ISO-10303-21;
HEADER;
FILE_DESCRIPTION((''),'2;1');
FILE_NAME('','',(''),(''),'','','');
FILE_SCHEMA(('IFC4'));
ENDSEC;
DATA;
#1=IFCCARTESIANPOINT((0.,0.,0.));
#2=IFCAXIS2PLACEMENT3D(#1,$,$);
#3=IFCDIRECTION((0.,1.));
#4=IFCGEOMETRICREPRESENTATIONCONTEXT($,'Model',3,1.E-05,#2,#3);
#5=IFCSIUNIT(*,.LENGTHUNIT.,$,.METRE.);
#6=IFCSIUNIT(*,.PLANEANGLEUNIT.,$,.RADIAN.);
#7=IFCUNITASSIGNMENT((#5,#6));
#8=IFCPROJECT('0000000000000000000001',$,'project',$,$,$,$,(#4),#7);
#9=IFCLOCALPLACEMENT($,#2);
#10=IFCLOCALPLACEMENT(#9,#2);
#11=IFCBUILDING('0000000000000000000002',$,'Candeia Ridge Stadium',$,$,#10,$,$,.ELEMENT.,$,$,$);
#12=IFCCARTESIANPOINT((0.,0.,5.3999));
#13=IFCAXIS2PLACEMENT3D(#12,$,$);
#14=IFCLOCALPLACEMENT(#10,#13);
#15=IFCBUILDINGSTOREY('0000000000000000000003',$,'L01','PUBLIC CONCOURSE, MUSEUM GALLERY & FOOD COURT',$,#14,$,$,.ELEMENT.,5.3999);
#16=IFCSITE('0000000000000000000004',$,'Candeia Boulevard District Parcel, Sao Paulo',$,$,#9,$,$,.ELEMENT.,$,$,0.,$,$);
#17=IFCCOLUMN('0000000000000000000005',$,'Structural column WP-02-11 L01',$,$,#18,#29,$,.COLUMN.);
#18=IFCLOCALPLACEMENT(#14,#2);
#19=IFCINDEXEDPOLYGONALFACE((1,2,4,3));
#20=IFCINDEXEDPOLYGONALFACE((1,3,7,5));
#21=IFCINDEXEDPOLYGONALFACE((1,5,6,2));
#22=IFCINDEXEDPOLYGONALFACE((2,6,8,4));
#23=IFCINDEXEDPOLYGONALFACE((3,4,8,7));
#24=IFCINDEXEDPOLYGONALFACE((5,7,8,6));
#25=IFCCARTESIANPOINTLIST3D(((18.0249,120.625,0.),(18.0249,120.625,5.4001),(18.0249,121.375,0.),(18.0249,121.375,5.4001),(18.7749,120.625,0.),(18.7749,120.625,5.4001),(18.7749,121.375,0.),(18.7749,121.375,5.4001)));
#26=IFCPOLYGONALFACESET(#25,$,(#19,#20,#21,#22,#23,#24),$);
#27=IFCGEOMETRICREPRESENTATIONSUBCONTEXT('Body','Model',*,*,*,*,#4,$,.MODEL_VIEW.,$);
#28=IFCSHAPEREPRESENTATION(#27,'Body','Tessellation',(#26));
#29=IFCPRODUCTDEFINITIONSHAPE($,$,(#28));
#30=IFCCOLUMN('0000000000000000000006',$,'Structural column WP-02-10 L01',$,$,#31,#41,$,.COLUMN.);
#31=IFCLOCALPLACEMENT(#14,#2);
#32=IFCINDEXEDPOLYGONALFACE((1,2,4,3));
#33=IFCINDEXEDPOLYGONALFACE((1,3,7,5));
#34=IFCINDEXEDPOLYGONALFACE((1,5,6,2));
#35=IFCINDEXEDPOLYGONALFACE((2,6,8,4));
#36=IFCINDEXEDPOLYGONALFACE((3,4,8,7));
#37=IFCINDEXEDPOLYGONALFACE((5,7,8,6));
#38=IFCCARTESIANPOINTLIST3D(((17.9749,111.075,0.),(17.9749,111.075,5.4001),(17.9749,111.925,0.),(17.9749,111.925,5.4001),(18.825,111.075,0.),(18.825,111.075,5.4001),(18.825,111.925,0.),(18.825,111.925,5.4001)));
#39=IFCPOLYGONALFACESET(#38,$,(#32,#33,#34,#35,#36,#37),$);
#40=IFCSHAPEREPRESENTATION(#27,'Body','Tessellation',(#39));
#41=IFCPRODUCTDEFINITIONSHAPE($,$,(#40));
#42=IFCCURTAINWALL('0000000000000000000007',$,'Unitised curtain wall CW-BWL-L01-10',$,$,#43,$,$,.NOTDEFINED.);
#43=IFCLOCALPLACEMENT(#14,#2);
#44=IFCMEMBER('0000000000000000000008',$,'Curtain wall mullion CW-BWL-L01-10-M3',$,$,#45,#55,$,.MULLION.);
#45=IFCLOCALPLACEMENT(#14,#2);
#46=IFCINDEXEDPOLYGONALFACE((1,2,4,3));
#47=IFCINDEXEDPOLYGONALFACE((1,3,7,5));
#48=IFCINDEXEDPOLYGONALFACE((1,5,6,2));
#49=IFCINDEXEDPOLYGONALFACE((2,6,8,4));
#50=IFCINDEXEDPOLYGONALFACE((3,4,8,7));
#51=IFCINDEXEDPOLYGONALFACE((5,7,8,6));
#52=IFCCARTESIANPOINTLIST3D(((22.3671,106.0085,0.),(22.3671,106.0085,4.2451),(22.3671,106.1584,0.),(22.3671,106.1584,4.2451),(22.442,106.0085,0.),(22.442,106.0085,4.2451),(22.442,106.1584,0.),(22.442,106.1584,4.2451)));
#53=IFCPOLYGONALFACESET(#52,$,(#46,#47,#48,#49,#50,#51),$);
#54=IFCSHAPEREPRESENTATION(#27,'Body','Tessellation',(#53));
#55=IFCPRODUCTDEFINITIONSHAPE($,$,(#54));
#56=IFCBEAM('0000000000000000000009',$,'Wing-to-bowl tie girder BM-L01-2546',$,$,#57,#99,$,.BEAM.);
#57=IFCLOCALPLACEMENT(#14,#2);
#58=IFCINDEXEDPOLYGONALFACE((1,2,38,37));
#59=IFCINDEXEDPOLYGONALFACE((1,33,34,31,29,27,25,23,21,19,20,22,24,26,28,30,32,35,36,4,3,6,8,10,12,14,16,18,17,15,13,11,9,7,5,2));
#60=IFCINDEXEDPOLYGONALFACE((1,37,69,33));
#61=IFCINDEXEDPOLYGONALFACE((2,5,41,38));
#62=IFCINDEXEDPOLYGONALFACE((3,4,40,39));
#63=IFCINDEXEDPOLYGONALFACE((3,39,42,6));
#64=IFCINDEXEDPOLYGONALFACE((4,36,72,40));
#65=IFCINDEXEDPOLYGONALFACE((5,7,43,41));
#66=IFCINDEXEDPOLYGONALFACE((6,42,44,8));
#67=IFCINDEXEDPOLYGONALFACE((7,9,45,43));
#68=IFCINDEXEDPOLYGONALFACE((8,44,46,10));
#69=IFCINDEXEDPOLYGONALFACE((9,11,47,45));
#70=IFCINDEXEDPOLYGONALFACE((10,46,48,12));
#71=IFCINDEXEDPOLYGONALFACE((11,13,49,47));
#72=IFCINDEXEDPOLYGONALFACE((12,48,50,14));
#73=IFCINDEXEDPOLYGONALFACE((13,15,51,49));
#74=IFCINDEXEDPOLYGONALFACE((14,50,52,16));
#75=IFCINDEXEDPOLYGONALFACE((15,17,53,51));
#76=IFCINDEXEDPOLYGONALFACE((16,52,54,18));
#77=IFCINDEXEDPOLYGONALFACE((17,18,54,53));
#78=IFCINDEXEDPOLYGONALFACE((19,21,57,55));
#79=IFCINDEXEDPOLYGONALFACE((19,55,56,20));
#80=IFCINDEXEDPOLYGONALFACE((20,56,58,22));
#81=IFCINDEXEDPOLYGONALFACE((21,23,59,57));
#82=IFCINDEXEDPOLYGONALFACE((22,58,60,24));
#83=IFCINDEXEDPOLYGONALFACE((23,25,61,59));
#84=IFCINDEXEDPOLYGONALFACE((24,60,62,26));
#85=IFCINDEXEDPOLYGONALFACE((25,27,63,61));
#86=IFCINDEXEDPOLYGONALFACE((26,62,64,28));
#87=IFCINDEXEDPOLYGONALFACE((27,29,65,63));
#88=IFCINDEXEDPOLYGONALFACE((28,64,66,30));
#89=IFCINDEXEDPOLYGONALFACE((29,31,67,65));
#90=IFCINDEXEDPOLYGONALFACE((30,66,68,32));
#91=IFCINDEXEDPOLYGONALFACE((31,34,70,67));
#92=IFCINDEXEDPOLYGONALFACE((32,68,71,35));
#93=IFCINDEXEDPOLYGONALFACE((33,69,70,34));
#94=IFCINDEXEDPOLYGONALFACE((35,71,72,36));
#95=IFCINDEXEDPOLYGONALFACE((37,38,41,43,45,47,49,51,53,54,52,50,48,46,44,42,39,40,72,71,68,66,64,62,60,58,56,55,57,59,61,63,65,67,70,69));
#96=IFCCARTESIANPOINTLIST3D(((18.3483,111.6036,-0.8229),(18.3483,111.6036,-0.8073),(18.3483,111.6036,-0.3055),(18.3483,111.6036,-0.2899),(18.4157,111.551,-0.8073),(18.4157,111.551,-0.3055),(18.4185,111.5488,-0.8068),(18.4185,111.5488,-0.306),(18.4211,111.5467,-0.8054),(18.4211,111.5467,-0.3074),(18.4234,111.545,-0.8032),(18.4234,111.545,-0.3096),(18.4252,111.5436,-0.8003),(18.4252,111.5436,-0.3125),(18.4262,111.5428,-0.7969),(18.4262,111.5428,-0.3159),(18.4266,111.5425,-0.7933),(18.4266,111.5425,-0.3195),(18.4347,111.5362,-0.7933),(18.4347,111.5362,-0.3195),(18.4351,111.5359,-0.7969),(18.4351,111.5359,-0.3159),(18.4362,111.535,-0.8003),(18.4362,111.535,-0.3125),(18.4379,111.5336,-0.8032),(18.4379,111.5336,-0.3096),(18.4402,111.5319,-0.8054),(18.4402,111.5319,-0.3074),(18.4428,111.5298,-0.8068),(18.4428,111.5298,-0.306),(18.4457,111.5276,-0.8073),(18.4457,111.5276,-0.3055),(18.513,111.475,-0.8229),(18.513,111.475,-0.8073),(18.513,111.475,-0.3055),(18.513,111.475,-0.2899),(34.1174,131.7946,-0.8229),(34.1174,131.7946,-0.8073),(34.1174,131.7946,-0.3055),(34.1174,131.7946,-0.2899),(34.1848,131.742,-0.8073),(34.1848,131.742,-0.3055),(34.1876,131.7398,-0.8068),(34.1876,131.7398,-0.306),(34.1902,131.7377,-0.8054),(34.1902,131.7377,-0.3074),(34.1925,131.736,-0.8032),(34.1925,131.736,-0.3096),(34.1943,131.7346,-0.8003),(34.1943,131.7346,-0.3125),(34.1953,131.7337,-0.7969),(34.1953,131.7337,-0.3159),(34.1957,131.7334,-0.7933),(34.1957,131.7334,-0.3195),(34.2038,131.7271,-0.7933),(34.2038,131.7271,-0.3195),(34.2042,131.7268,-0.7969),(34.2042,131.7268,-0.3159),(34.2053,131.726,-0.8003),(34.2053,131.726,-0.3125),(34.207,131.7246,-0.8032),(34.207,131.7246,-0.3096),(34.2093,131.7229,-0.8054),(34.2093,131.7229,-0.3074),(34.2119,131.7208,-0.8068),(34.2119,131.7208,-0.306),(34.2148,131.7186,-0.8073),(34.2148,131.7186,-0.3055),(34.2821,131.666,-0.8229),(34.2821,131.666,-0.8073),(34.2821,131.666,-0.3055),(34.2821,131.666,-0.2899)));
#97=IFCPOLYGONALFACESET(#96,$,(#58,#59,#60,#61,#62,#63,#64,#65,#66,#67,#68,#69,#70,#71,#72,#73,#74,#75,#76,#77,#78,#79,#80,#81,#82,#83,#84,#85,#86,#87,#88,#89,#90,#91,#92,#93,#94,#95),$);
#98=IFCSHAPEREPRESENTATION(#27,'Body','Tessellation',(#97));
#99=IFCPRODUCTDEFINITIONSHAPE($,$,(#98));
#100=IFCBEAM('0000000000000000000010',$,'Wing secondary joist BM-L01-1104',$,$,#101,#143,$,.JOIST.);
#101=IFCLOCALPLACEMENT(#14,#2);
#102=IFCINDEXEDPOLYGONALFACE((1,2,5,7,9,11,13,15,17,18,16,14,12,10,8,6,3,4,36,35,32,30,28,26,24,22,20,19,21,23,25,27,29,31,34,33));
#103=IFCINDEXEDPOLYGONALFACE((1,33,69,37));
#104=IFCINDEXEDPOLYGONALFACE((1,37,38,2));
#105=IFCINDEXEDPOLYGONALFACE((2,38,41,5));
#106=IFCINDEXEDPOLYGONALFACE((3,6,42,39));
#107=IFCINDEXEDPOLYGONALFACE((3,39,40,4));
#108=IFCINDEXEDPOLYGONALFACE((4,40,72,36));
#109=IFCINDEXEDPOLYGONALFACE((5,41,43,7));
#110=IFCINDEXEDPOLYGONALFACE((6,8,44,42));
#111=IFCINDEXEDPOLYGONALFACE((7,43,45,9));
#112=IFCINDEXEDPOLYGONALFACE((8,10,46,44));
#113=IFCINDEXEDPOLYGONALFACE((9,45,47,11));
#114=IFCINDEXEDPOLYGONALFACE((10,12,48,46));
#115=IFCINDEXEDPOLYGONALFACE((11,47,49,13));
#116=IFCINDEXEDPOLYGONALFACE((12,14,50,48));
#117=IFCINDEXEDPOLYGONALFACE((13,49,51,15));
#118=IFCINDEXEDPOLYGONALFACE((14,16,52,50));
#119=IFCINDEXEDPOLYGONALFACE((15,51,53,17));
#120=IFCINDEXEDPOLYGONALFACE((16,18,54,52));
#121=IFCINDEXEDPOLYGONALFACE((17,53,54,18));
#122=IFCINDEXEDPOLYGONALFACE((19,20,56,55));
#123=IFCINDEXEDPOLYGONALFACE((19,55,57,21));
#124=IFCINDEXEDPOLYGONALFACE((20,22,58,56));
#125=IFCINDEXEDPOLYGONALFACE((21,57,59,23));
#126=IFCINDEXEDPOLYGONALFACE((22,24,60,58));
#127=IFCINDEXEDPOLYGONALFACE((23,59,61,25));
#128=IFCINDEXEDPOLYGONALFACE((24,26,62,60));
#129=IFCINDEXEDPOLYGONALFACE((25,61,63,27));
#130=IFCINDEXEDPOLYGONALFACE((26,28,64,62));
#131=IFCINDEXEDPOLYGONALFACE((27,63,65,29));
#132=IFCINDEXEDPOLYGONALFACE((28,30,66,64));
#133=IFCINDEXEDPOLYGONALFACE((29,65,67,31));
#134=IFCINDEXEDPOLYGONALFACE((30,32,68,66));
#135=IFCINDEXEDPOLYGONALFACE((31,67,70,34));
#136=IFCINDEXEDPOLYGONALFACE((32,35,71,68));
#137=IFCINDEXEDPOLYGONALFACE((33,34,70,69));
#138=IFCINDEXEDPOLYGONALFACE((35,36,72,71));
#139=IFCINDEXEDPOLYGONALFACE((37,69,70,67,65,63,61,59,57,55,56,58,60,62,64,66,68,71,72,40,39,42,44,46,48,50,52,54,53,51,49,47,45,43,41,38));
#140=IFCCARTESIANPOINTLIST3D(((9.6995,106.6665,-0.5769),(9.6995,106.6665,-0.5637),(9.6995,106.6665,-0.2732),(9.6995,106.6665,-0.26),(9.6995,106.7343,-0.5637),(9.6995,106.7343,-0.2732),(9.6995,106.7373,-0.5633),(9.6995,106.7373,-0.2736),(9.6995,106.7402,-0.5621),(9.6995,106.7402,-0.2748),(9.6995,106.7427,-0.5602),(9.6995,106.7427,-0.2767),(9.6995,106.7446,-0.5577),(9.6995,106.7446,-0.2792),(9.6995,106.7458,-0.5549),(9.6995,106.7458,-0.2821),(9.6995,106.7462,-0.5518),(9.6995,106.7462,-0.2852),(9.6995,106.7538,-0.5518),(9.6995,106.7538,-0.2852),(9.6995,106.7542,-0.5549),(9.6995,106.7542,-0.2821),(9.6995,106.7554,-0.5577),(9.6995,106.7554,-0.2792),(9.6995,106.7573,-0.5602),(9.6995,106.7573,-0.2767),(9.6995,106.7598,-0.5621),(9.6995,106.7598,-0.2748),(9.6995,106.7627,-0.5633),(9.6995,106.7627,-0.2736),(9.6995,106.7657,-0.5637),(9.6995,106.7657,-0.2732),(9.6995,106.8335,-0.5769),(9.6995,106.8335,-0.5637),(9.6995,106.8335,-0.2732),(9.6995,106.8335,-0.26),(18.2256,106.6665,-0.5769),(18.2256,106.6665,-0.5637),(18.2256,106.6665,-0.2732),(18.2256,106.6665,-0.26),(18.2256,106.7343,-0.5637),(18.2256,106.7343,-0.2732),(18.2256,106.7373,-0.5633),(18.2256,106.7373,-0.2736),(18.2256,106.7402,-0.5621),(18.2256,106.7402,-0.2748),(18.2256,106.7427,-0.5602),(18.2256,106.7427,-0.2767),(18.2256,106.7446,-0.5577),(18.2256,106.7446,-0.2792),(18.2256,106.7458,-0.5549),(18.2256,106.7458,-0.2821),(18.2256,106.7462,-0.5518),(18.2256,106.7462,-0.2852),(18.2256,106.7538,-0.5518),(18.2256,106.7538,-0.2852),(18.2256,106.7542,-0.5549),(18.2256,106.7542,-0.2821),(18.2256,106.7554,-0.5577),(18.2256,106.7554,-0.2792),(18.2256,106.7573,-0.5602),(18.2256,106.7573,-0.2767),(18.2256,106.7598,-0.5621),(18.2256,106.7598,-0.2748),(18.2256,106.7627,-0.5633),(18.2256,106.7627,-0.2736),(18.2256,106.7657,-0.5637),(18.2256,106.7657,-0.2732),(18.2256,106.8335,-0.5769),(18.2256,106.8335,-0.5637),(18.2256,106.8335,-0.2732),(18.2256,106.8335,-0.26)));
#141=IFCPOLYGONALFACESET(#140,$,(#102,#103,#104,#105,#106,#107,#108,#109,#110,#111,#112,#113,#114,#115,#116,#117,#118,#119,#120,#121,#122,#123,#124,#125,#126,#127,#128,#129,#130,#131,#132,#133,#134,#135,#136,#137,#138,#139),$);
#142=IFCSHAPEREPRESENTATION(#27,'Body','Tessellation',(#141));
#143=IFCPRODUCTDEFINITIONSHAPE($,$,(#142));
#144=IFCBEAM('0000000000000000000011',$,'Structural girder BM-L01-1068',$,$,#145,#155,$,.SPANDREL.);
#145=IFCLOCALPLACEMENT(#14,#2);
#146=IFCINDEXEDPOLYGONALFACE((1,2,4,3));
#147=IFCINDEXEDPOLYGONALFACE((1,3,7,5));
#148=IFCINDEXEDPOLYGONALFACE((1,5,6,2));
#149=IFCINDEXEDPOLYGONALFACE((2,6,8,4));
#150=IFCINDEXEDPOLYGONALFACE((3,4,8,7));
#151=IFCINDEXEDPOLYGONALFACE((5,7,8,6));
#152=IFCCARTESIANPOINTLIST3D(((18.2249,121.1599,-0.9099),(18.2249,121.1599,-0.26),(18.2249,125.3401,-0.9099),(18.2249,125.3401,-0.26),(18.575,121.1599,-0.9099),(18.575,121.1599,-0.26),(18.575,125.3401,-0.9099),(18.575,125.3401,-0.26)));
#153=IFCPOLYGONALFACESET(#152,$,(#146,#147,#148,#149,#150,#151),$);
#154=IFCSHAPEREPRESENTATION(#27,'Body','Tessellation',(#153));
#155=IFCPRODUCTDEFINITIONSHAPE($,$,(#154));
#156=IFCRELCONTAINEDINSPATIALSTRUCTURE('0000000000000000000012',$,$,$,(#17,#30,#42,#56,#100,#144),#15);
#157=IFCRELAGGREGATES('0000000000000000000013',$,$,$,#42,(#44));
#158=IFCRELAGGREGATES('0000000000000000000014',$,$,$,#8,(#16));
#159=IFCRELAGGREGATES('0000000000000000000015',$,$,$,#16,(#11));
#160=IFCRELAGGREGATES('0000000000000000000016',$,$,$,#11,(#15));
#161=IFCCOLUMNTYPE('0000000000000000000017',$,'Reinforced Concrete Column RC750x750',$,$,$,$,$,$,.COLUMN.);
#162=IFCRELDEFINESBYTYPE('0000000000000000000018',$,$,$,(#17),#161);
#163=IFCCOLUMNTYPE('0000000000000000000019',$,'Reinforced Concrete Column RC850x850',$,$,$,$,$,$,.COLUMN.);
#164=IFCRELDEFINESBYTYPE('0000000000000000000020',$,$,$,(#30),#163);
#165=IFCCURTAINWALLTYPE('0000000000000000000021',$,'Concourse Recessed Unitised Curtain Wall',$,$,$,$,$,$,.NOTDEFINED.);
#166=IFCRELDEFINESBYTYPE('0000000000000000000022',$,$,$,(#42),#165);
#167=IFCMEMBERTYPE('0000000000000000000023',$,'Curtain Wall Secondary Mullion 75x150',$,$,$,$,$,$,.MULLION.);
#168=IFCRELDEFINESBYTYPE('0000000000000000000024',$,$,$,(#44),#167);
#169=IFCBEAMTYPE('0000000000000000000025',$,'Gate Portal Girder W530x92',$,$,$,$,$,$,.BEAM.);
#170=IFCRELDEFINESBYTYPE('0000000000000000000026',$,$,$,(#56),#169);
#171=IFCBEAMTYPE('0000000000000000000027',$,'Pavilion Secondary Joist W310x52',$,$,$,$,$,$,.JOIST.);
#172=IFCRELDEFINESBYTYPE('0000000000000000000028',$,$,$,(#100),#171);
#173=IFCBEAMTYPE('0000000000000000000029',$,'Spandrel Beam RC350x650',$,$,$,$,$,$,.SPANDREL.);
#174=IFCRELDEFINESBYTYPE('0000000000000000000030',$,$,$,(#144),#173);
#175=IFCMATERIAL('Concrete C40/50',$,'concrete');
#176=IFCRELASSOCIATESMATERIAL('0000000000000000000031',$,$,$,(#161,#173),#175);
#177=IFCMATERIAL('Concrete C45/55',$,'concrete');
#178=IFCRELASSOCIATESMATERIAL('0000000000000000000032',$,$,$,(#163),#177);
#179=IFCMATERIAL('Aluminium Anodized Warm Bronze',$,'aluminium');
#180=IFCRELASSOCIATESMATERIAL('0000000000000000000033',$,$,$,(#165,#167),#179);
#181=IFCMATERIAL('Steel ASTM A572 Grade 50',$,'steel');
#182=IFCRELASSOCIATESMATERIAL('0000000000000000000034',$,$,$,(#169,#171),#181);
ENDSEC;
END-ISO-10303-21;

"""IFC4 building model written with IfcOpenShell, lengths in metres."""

from ifc_helpers import new_model, si_unit, direction, frame, origin, origin_2d, place, context, subcontext, project, spatial, rectangle, i_section, extrude, material, material_profile, profile_set, type_object, element, aggregate, save


model = new_model("IFC4")

# Units and contexts
model_context = context("Model", 3, precision=1e-05, world=origin(), true_north=direction((0.0, 1.0)))
body_context = subcontext(model_context, "Body", "Model", "MODEL_VIEW")
ifc_project = project(units=[si_unit("LENGTHUNIT", "METRE"), si_unit("PLANEANGLEUNIT", "RADIAN")], contexts=[model_context])

# Site, building, storey
site_placement = place(None, origin())
site = spatial("IfcSite", under=ifc_project, at=site_placement, Name="Candeia Boulevard District Parcel, Sao Paulo", CompositionType="ELEMENT", RefElevation=0.0)
building_placement = place(site_placement, origin())
building = spatial("IfcBuilding", under=site, at=building_placement, Name="Candeia Ridge Stadium", CompositionType="ELEMENT")
storey_placement = place(building_placement, frame((0.0, 0.0, 5.3999)))
storey = spatial("IfcBuildingStorey", under=building, at=storey_placement, Name="L01", Description="PUBLIC CONCOURSE, MUSEUM GALLERY & FOOD COURT", CompositionType="ELEMENT", Elevation=5.3999)

# Columns
ifc_material_1 = material(Name="Concrete C40/50", Category="concrete")
ifc_material_profile_1 = material_profile(ifc_material_1, rectangle(XDim=0.75, YDim=0.75, at=origin_2d()), Name="RC750x750", Category="concrete")
ifc_profile_set_1 = profile_set([ifc_material_profile_1], Name="Concrete C40/50")
column_type_1 = type_object("IfcColumnType", Name="Reinforced Concrete Column RC750x750", PredefinedType="COLUMN", material=ifc_profile_set_1)
column_1_placement = place(storey_placement, frame((18.3999, 121.0, 0.0), z_axis=(0.0, 0.0, 1.0), x_axis=(1.0, 0.0, 0.0)))
element("IfcColumn", 1, at=column_1_placement, inside=storey, type_object=column_type_1, Name="Structural column WP-02-11 L01", PredefinedType="COLUMN", context=body_context, shape_type="SweptSolid", body=[
    extrude(rectangle(XDim=0.75, YDim=0.75, at=origin_2d()), origin(), (0.0, 0.0, 1.0), 5.4001),
])
ifc_material_2 = material(Name="Concrete C45/55", Category="concrete")
ifc_material_profile_2 = material_profile(ifc_material_2, rectangle(XDim=0.8501, YDim=0.8501, at=origin_2d()), Name="RC850x850", Category="concrete")
ifc_profile_set_2 = profile_set([ifc_material_profile_2], Name="Concrete C45/55")
column_type_2 = type_object("IfcColumnType", Name="Reinforced Concrete Column RC850x850", PredefinedType="COLUMN", material=ifc_profile_set_2)
column_2_placement = place(storey_placement, frame((18.3999, 111.5, 0.0), z_axis=(0.0, 0.0, 1.0), x_axis=(1.0, 0.0, 0.0)))
element("IfcColumn", 2, at=column_2_placement, inside=storey, type_object=column_type_2, Name="Structural column WP-02-10 L01", PredefinedType="COLUMN", context=body_context, shape_type="SweptSolid", body=[
    extrude(rectangle(XDim=0.8501, YDim=0.8501, at=origin_2d()), origin(), (0.0, 0.0, 1.0), 5.4001),
])

# Curtain wall, member
ifc_material_3 = material(Name="Aluminium Anodized Warm Bronze", Category="aluminium")
curtain_wall_type = type_object("IfcCurtainWallType", Name="Concourse Recessed Unitised Curtain Wall", PredefinedType="NOTDEFINED", material=ifc_material_3)
curtain_wall_placement = place(storey_placement, origin())
curtain_wall = element("IfcCurtainWall", 3, at=curtain_wall_placement, inside=storey, type_object=curtain_wall_type, Name="Unitised curtain wall CW-BWL-L01-10", PredefinedType="NOTDEFINED")
ifc_material_profile_3 = material_profile(ifc_material_3, rectangle(XDim=0.075, YDim=0.1499, at=origin_2d()), Name="CWM-75x150", Category="aluminium")
ifc_profile_set_3 = profile_set([ifc_material_profile_3], Name="Aluminium Anodized Warm Bronze")
member_type = type_object("IfcMemberType", Name="Curtain Wall Secondary Mullion 75x150", PredefinedType="MULLION", material=ifc_profile_set_3)
member_placement = place(storey_placement, frame((22.4045, 106.0835, 0.0), z_axis=(0.0, 0.0, 1.0), x_axis=(1.0, 0.0, 0.0)))
member = element("IfcMember", 4, at=member_placement, type_object=member_type, Name="Curtain wall mullion CW-BWL-L01-10-M3", PredefinedType="MULLION", context=body_context, shape_type="SweptSolid", body=[
    extrude(rectangle(XDim=0.075, YDim=0.1499, at=origin_2d()), origin(), (0.0, 0.0, 1.0), 4.2451),
])
aggregate(curtain_wall, [member])

# Beams
ifc_material_4 = material(Name="Steel ASTM A572 Grade 50", Category="steel")
ifc_material_profile_4 = material_profile(ifc_material_4, i_section(OverallWidth=0.209, OverallDepth=0.533, WebThickness=0.0103, FlangeThickness=0.0156, FilletRadius=0.0139, at=origin_2d()), Name="W530x92", Category="steel")
ifc_profile_set_4 = profile_set([ifc_material_profile_4], Name="Steel ASTM A572 Grade 50")
beam_type_1 = type_object("IfcBeamType", Name="Gate Portal Girder W530x92", PredefinedType="BEAM", material=ifc_profile_set_4)
beam_1_placement = place(storey_placement, frame((18.4307, 111.5393, -0.5564), z_axis=(0.61552, 0.788121, 0.0), x_axis=(-0.788121, 0.61552, 0.0)))
element("IfcBeam", 5, at=beam_1_placement, inside=storey, type_object=beam_type_1, Name="Wing-to-bowl tie girder BM-L01-2546", PredefinedType="BEAM", context=body_context, shape_type="SweptSolid", body=[
    extrude(i_section(OverallWidth=0.209, OverallDepth=0.533, WebThickness=0.0103, FlangeThickness=0.0156, FilletRadius=0.0139, at=origin_2d()), origin(), (0.0, 0.0, 1.0), 25.6191),
])
ifc_material_profile_5 = material_profile(ifc_material_4, i_section(OverallWidth=0.167, OverallDepth=0.3169, WebThickness=0.0076, FlangeThickness=0.0132, FilletRadius=0.012, at=origin_2d()), Name="W310x52", Category="steel")
ifc_profile_set_5 = profile_set([ifc_material_profile_5], Name="Steel ASTM A572 Grade 50")
beam_type_2 = type_object("IfcBeamType", Name="Pavilion Secondary Joist W310x52", PredefinedType="JOIST", material=ifc_profile_set_5)
beam_2_placement = place(storey_placement, frame((9.6995, 106.75, -0.4185), z_axis=(1.0, 0.0, 0.0), x_axis=(0.0, 1.0, 0.0)))
element("IfcBeam", 6, at=beam_2_placement, inside=storey, type_object=beam_type_2, Name="Wing secondary joist BM-L01-1104", PredefinedType="JOIST", context=body_context, shape_type="SweptSolid", body=[
    extrude(i_section(OverallWidth=0.167, OverallDepth=0.3169, WebThickness=0.0076, FlangeThickness=0.0132, FilletRadius=0.012, at=origin_2d()), origin(), (0.0, 0.0, 1.0), 8.5261),
])
ifc_material_profile_6 = material_profile(ifc_material_1, rectangle(XDim=0.3501, YDim=0.6499, at=origin_2d()), Name="RC350x650", Category="concrete")
ifc_profile_set_6 = profile_set([ifc_material_profile_6], Name="Concrete C40/50")
beam_type_3 = type_object("IfcBeamType", Name="Spandrel Beam RC350x650", PredefinedType="SPANDREL", material=ifc_profile_set_6)
beam_3_placement = place(storey_placement, frame((18.3999, 121.1599, -0.585), z_axis=(0.0, 1.0, 0.0), x_axis=(-1.0, 0.0, 0.0)))
element("IfcBeam", 7, at=beam_3_placement, inside=storey, type_object=beam_type_3, Name="Structural girder BM-L01-1068", PredefinedType="SPANDREL", context=body_context, shape_type="SweptSolid", body=[
    extrude(rectangle(XDim=0.3501, YDim=0.6499, at=origin_2d()), origin(), (0.0, 0.0, 1.0), 4.1802),
])

save(model, "model.ifc")
